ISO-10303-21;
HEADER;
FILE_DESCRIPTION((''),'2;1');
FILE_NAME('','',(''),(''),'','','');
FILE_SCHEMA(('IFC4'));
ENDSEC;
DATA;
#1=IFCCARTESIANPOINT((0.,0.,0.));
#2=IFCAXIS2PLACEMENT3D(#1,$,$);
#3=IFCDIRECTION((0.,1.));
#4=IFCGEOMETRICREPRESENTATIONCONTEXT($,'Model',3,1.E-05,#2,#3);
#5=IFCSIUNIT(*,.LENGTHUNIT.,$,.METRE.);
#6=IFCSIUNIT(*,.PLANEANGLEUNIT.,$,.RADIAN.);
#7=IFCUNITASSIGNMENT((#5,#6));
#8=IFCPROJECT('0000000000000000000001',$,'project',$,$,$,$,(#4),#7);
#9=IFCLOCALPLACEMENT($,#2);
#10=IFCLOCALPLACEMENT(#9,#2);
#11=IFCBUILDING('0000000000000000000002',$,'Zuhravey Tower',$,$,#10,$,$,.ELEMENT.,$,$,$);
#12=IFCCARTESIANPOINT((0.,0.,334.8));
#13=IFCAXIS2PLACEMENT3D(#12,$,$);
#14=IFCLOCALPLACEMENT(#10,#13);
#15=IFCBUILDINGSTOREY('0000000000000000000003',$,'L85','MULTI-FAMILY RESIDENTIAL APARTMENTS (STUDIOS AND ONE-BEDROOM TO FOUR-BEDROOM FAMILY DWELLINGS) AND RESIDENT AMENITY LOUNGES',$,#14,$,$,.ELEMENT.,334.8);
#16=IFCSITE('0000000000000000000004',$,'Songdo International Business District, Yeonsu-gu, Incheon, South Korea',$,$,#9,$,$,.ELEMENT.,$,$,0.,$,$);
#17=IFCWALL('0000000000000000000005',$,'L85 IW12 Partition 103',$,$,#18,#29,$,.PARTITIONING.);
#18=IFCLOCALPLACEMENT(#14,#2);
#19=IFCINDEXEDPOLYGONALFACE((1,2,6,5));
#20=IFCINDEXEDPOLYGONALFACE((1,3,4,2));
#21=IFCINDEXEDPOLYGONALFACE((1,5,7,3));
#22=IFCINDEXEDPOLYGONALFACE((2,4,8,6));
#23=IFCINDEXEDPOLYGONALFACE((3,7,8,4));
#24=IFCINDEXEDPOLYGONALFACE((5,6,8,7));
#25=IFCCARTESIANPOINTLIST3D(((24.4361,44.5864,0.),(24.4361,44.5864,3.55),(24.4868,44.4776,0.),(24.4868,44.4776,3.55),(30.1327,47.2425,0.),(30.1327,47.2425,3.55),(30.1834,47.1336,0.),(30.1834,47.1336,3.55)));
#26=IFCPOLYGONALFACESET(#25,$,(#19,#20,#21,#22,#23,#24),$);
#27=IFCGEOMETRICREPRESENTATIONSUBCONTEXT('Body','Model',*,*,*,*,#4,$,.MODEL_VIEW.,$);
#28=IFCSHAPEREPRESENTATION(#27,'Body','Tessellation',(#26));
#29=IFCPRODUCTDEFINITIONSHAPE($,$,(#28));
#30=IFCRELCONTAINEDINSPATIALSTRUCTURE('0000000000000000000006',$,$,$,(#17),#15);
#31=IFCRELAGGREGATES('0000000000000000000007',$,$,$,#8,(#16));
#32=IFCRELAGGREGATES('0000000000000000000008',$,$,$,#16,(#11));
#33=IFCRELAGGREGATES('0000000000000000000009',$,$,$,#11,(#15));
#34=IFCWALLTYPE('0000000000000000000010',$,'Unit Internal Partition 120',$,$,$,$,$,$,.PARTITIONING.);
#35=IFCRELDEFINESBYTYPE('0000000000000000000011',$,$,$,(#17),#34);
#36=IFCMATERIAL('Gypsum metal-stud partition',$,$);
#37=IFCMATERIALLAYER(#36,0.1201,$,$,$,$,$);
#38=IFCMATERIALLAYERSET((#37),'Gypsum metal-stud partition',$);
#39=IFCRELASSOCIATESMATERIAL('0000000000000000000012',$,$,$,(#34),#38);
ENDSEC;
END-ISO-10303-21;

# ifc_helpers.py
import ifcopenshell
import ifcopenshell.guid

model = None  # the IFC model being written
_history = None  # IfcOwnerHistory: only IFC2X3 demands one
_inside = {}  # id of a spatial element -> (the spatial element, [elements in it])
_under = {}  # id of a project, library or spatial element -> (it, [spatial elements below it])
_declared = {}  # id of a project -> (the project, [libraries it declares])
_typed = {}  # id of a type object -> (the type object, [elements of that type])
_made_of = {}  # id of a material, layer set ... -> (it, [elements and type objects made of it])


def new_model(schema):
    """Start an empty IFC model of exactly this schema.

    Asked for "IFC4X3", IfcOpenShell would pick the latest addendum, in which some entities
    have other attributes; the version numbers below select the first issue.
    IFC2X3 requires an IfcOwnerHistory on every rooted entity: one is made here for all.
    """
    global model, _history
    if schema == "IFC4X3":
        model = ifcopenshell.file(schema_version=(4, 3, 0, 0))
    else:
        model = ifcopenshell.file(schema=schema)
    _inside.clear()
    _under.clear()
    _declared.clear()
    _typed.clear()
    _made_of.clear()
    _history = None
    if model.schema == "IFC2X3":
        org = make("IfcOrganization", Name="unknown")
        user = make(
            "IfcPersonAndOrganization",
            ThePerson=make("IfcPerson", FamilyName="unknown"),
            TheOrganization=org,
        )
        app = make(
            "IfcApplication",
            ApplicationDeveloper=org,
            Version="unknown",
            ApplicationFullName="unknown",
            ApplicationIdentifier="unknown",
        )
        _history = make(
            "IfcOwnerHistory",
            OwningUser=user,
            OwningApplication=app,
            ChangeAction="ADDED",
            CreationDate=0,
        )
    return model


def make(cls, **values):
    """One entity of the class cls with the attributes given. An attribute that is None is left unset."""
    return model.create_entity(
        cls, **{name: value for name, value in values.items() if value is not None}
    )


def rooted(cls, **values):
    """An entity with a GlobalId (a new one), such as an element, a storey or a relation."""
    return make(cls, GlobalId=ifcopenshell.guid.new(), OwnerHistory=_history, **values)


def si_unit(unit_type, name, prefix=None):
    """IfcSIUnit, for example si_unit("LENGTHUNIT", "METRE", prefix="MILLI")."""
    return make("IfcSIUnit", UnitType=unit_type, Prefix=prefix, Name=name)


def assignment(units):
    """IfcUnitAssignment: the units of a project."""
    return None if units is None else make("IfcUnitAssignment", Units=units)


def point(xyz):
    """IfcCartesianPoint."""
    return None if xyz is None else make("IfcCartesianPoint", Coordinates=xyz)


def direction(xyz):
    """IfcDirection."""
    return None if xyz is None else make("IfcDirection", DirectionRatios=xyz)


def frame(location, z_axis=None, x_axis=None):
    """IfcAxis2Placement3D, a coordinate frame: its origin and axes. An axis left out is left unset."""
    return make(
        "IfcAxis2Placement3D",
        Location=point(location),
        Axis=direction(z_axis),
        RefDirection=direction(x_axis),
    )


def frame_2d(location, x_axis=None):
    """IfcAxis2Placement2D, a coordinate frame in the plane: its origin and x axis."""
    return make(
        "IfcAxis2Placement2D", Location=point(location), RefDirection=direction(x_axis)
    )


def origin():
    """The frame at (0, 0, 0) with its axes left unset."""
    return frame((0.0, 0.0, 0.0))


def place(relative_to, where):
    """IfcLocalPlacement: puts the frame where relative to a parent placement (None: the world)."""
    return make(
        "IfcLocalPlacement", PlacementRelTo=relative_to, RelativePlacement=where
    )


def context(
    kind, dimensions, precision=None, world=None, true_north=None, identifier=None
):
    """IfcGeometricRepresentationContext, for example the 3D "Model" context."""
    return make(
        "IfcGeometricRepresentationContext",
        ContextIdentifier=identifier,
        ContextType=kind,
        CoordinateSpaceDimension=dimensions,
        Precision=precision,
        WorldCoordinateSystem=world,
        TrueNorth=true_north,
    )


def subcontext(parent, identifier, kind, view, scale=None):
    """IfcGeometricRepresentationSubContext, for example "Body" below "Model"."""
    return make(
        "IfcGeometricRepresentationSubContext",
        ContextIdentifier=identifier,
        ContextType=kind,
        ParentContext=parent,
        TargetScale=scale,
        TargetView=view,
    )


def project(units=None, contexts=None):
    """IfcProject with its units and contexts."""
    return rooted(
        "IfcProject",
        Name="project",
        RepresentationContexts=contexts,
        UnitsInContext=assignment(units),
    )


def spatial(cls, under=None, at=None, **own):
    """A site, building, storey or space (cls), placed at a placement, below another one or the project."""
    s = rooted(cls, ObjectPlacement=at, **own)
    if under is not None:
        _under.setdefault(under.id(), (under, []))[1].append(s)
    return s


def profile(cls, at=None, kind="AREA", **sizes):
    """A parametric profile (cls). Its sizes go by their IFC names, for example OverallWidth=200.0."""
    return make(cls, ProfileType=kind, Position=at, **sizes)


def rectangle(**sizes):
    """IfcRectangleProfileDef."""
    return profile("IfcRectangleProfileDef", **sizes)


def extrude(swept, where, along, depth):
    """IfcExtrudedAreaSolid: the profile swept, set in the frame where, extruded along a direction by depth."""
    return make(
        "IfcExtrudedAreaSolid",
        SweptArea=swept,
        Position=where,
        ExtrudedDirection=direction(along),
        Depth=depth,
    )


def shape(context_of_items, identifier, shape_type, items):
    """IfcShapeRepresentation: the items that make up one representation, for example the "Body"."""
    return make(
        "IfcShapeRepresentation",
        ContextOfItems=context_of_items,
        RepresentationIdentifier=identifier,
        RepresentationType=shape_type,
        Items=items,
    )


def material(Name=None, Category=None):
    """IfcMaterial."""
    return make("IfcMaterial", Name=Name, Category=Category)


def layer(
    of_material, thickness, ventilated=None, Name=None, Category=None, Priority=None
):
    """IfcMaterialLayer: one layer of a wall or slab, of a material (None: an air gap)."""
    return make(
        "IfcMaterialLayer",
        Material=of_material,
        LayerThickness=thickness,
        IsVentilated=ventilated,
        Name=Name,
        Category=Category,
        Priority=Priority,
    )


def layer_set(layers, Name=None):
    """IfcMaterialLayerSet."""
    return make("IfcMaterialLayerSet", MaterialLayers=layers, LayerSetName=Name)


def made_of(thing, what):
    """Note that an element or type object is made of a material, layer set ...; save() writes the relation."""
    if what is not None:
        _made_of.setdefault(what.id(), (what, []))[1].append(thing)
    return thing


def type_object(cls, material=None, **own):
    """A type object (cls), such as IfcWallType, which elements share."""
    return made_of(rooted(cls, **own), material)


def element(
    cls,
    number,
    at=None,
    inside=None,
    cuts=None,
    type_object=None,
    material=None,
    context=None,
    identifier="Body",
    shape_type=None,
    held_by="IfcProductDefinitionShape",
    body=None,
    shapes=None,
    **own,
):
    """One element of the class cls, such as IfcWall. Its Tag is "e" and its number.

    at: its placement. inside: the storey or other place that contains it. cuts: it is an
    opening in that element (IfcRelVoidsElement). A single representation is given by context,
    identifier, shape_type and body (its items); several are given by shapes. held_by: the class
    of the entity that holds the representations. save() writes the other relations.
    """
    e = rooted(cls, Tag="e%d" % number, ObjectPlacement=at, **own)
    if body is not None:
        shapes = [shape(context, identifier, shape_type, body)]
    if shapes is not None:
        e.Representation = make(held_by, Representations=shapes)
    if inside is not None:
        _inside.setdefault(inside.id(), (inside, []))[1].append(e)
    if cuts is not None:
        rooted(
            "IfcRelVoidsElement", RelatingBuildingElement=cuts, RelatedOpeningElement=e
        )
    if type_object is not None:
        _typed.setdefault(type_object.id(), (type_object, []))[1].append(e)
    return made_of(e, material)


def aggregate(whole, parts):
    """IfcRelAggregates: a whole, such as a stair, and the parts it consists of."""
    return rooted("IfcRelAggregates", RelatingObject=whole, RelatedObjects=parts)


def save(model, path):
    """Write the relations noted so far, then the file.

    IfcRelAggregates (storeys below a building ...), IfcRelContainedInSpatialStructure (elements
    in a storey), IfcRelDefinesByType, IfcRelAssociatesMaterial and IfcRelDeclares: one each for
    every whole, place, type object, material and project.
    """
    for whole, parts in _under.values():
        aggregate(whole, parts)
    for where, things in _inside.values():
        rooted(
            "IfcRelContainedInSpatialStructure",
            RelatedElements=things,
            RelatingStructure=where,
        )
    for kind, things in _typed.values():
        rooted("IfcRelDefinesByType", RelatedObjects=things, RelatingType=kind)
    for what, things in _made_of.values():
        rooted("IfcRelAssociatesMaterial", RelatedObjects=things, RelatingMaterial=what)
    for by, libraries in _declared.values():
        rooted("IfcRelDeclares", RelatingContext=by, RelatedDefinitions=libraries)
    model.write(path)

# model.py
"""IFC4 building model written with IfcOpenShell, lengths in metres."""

from ifc_helpers import new_model, si_unit, direction, frame, frame_2d, origin, place, context, subcontext, project, spatial, rectangle, extrude, material, layer, layer_set, type_object, element, save


model = new_model("IFC4")

# Units and contexts
model_context = context("Model", 3, precision=1e-05, world=origin(), true_north=direction((0.0, 1.0)))
body_context = subcontext(model_context, "Body", "Model", "MODEL_VIEW")
ifc_project = project(units=[si_unit("LENGTHUNIT", "METRE"), si_unit("PLANEANGLEUNIT", "RADIAN")], contexts=[model_context])

# Site, building, storey
site_placement = place(None, origin())
site = spatial("IfcSite", under=ifc_project, at=site_placement, Name="Songdo International Business District, Yeonsu-gu, Incheon, South Korea", CompositionType="ELEMENT", RefElevation=0.0)
building_placement = place(site_placement, origin())
building = spatial("IfcBuilding", under=site, at=building_placement, Name="Zuhravey Tower", CompositionType="ELEMENT")
storey_placement = place(building_placement, frame((0.0, 0.0, 334.8)))
storey = spatial("IfcBuildingStorey", under=building, at=storey_placement, Name="L85", Description="MULTI-FAMILY RESIDENTIAL APARTMENTS (STUDIOS AND ONE-BEDROOM TO FOUR-BEDROOM FAMILY DWELLINGS) AND RESIDENT AMENITY LOUNGES", CompositionType="ELEMENT", Elevation=334.8)

# Shared definitions
ifc_material_1 = material(Name="Gypsum metal-stud partition")
ifc_layer_1 = layer(ifc_material_1, 0.1201)
ifc_layer_set_1 = layer_set([ifc_layer_1], Name="Gypsum metal-stud partition")
wall_type_1 = type_object("IfcWallType", Name="Unit Internal Partition 120", PredefinedType="PARTITIONING", material=ifc_layer_set_1)

# Wall
wall_1_placement = place(storey_placement, frame((30.158, 47.188, 0.0), z_axis=(0.0, 0.0, 1.0), x_axis=(-0.906328, -0.422575, 0.0)))
element("IfcWall", 1, at=wall_1_placement, inside=storey, type_object=wall_type_1, Name="L85 IW12 Partition 103", PredefinedType="PARTITIONING", context=body_context, shape_type="SweptSolid", body=[
    extrude(rectangle(XDim=6.2854, YDim=0.1201, at=frame_2d((3.1426, 0.0))), origin(), (0.0, 0.0, 1.0), 3.55),
])

save(model, "model.ifc")
